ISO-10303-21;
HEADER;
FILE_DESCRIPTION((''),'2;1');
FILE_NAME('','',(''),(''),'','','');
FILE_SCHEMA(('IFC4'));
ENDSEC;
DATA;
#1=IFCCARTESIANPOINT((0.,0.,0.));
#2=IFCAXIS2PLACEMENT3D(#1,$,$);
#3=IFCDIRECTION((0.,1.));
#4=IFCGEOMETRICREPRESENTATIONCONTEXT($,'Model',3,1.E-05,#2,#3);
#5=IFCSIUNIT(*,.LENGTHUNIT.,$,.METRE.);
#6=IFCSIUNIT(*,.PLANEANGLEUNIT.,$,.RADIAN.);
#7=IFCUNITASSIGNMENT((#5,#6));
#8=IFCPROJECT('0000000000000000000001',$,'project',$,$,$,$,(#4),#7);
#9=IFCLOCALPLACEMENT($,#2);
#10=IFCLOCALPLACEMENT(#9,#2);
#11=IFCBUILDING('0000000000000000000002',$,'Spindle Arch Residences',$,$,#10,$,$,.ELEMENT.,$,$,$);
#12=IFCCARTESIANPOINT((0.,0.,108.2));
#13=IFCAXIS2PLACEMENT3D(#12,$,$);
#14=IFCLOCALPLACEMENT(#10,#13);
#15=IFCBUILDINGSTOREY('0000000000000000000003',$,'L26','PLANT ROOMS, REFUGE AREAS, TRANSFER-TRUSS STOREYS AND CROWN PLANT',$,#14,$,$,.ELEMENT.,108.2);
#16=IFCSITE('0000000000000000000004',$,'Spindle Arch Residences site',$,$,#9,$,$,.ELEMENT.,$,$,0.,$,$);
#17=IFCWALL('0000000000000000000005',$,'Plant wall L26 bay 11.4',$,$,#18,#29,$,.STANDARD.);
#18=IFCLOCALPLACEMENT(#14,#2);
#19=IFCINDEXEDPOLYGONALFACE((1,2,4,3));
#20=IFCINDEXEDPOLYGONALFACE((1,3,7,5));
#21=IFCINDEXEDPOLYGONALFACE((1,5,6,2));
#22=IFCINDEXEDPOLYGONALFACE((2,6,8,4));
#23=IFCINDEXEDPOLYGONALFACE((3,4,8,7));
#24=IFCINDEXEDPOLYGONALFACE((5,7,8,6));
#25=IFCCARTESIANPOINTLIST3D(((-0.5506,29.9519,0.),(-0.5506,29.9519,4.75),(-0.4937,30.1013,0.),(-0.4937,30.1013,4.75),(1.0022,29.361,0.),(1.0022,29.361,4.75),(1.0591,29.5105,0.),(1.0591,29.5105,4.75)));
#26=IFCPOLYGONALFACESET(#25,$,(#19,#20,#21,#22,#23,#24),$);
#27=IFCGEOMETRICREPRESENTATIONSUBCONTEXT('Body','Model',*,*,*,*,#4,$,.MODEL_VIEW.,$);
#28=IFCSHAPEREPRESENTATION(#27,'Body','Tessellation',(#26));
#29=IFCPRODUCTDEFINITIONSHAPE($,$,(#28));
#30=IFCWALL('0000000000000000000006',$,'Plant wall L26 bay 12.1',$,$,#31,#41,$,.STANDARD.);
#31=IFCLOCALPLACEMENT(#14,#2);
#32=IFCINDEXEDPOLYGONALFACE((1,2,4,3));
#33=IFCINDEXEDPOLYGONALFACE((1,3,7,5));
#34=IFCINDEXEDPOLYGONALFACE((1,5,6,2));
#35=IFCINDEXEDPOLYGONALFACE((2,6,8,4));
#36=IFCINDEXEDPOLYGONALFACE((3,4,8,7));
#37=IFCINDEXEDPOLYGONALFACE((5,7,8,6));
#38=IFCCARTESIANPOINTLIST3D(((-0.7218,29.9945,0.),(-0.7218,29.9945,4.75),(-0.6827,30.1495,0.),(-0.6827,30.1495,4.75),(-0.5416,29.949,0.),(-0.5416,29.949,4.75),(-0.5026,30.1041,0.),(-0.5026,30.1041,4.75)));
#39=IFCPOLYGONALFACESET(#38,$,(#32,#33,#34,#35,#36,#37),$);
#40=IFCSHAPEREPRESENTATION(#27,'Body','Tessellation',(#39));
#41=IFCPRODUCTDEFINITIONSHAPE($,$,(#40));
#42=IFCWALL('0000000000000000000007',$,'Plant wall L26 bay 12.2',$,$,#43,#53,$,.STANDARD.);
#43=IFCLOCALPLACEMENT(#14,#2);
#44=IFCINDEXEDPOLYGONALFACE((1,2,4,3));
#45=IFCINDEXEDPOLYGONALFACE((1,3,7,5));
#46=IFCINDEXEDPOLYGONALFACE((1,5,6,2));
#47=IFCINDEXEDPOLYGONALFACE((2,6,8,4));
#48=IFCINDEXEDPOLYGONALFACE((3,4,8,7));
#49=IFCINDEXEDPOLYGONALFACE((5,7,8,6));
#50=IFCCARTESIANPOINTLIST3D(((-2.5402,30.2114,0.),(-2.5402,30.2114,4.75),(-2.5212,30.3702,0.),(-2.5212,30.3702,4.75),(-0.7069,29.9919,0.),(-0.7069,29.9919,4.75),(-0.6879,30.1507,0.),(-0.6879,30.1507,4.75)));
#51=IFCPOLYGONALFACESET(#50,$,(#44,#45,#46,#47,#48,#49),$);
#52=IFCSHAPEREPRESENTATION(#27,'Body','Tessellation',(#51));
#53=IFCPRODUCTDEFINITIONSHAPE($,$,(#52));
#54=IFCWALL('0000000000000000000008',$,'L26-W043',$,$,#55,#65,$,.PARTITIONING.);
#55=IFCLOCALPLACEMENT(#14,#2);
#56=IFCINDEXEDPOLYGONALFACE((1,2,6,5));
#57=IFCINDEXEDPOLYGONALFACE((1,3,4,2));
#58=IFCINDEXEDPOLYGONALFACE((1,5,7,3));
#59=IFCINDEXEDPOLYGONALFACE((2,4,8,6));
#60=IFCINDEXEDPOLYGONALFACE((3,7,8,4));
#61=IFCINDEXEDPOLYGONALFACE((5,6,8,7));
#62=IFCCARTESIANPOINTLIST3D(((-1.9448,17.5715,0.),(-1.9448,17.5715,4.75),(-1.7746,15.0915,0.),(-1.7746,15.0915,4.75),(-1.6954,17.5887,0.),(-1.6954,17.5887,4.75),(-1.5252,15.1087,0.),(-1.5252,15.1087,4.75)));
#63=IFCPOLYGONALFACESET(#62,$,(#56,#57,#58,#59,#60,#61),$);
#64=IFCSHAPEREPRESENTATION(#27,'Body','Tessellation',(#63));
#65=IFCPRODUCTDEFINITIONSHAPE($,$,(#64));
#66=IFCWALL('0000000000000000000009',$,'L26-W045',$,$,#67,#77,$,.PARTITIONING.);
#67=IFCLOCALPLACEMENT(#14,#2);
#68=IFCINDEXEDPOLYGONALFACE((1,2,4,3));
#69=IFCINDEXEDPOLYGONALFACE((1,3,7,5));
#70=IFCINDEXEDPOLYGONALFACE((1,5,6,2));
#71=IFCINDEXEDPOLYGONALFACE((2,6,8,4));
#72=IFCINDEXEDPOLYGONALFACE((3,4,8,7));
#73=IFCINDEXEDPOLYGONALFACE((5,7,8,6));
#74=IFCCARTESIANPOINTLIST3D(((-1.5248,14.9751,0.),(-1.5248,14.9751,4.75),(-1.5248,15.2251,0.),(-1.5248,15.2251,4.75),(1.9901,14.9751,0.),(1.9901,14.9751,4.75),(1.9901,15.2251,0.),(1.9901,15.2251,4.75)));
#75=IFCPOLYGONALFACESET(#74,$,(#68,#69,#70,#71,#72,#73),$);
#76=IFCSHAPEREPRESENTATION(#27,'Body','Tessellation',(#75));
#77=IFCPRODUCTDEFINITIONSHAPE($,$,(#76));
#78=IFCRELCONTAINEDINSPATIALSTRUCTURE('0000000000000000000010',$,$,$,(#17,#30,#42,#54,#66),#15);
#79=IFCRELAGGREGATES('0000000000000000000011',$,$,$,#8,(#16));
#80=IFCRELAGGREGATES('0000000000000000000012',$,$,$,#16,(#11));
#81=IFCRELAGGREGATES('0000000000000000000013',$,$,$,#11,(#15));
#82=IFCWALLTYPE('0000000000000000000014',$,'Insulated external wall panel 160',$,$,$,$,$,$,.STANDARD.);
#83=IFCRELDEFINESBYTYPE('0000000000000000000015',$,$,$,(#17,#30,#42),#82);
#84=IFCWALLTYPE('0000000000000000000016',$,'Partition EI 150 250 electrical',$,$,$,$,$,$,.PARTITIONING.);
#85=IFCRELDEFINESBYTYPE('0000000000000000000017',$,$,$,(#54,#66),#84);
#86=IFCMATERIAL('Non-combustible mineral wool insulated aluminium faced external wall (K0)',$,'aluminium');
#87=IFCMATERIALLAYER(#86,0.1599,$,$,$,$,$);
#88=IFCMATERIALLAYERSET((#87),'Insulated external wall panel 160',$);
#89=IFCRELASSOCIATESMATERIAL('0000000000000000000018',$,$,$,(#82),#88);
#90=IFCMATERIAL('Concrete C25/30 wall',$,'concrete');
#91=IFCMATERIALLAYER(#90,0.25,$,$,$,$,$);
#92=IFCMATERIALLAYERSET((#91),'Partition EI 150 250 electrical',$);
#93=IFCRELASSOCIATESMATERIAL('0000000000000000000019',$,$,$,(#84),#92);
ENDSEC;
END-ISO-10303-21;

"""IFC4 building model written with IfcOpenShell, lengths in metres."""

from ifc_helpers import new_model, si_unit, direction, frame, frame_2d, origin, place, context, subcontext, project, spatial, rectangle, extrude, material, layer, layer_set, type_object, element, save


model = new_model("IFC4")

# Units and contexts
model_context = context("Model", 3, precision=1e-05, world=origin(), true_north=direction((0.0, 1.0)))
body_context = subcontext(model_context, "Body", "Model", "MODEL_VIEW")
ifc_project = project(units=[si_unit("LENGTHUNIT", "METRE"), si_unit("PLANEANGLEUNIT", "RADIAN")], contexts=[model_context])

# Site, building, storey
site_placement = place(None, origin())
site = spatial("IfcSite", under=ifc_project, at=site_placement, Name="Spindle Arch Residences site", CompositionType="ELEMENT", RefElevation=0.0)
building_placement = place(site_placement, origin())
building = spatial("IfcBuilding", under=site, at=building_placement, Name="Spindle Arch Residences", CompositionType="ELEMENT")
storey_placement = place(building_placement, frame((0.0, 0.0, 108.2)))
storey = spatial("IfcBuildingStorey", under=building, at=storey_placement, Name="L26", Description="PLANT ROOMS, REFUGE AREAS, TRANSFER-TRUSS STOREYS AND CROWN PLANT", CompositionType="ELEMENT", Elevation=108.2)

# Shared definitions
ifc_material_1 = material(Name="Non-combustible mineral wool insulated aluminium faced external wall (K0)", Category="aluminium")
ifc_layer_1 = layer(ifc_material_1, 0.1599)
ifc_layer_set_1 = layer_set([ifc_layer_1], Name="Insulated external wall panel 160")
wall_type_1 = type_object("IfcWallType", Name="Insulated external wall panel 160", PredefinedType="STANDARD", material=ifc_layer_set_1)

# Walls
wall_1_placement = place(storey_placement, frame((1.0305, 29.4358, 0.0), z_axis=(0.0, 0.0, 1.0), x_axis=(-0.934627, 0.355629, 0.0)))
element("IfcWall", 1, at=wall_1_placement, inside=storey, type_object=wall_type_1, Name="Plant wall L26 bay 11.4", PredefinedType="STANDARD", context=body_context, shape_type="SweptSolid", body=[
    extrude(rectangle(XDim=1.6614, YDim=0.1599, at=frame_2d((0.8306, 0.0))), origin(), (0.0, 0.0, 1.0), 4.75),
])
wall_2_placement = place(storey_placement, frame((-0.5222, 30.0266, 0.0), z_axis=(0.0, 0.0, 1.0), x_axis=(-0.969677, 0.24439, 0.0)))
element("IfcWall", 2, at=wall_2_placement, inside=storey, type_object=wall_type_1, Name="Plant wall L26 bay 12.1", PredefinedType="STANDARD", context=body_context, shape_type="SweptSolid", body=[
    extrude(rectangle(XDim=0.1858, YDim=0.1599, at=frame_2d((0.0928, 0.0))), origin(), (0.0, 0.0, 1.0), 4.75),
])
wall_3_placement = place(storey_placement, frame((-0.6973, 30.0713, 0.0), z_axis=(0.0, 0.0, 1.0), x_axis=(-0.992909, 0.118874, 0.0)))
element("IfcWall", 3, at=wall_3_placement, inside=storey, type_object=wall_type_1, Name="Plant wall L26 bay 12.2", PredefinedType="STANDARD", context=body_context, shape_type="SweptSolid", body=[
    extrude(rectangle(XDim=1.8464, YDim=0.1599, at=frame_2d((0.9233, 0.0))), origin(), (0.0, 0.0, 1.0), 4.75),
])
ifc_material_2 = material(Name="Concrete C25/30 wall", Category="concrete")
ifc_layer_2 = layer(ifc_material_2, 0.25)
ifc_layer_set_2 = layer_set([ifc_layer_2], Name="Partition EI 150 250 electrical")
wall_type_2 = type_object("IfcWallType", Name="Partition EI 150 250 electrical", PredefinedType="PARTITIONING", material=ifc_layer_set_2)
wall_4_placement = place(storey_placement, frame((-1.6499, 15.1001, 0.0), z_axis=(0.0, 0.0, 1.0), x_axis=(-0.068455, 0.997654, 0.0)))
element("IfcWall", 4, at=wall_4_placement, inside=storey, type_object=wall_type_2, Name="L26-W043", PredefinedType="PARTITIONING", context=body_context, shape_type="SweptSolid", body=[
    extrude(rectangle(XDim=2.4858, YDim=0.25, at=frame_2d((1.2429, 0.0))), origin(), (0.0, 0.0, 1.0), 4.75),
])
wall_5_placement = place(storey_placement, frame((1.99, 15.1001, 0.0), z_axis=(0.0, 0.0, 1.0), x_axis=(-1.0, 0.0, 0.0)))
element("IfcWall", 5, at=wall_5_placement, inside=storey, type_object=wall_type_2, Name="L26-W045", PredefinedType="PARTITIONING", context=body_context, shape_type="SweptSolid", body=[
    extrude(rectangle(XDim=3.5149, YDim=0.25, at=frame_2d((1.7573, 0.0))), origin(), (0.0, 0.0, 1.0), 4.75),
])

save(model, "model.ifc")
